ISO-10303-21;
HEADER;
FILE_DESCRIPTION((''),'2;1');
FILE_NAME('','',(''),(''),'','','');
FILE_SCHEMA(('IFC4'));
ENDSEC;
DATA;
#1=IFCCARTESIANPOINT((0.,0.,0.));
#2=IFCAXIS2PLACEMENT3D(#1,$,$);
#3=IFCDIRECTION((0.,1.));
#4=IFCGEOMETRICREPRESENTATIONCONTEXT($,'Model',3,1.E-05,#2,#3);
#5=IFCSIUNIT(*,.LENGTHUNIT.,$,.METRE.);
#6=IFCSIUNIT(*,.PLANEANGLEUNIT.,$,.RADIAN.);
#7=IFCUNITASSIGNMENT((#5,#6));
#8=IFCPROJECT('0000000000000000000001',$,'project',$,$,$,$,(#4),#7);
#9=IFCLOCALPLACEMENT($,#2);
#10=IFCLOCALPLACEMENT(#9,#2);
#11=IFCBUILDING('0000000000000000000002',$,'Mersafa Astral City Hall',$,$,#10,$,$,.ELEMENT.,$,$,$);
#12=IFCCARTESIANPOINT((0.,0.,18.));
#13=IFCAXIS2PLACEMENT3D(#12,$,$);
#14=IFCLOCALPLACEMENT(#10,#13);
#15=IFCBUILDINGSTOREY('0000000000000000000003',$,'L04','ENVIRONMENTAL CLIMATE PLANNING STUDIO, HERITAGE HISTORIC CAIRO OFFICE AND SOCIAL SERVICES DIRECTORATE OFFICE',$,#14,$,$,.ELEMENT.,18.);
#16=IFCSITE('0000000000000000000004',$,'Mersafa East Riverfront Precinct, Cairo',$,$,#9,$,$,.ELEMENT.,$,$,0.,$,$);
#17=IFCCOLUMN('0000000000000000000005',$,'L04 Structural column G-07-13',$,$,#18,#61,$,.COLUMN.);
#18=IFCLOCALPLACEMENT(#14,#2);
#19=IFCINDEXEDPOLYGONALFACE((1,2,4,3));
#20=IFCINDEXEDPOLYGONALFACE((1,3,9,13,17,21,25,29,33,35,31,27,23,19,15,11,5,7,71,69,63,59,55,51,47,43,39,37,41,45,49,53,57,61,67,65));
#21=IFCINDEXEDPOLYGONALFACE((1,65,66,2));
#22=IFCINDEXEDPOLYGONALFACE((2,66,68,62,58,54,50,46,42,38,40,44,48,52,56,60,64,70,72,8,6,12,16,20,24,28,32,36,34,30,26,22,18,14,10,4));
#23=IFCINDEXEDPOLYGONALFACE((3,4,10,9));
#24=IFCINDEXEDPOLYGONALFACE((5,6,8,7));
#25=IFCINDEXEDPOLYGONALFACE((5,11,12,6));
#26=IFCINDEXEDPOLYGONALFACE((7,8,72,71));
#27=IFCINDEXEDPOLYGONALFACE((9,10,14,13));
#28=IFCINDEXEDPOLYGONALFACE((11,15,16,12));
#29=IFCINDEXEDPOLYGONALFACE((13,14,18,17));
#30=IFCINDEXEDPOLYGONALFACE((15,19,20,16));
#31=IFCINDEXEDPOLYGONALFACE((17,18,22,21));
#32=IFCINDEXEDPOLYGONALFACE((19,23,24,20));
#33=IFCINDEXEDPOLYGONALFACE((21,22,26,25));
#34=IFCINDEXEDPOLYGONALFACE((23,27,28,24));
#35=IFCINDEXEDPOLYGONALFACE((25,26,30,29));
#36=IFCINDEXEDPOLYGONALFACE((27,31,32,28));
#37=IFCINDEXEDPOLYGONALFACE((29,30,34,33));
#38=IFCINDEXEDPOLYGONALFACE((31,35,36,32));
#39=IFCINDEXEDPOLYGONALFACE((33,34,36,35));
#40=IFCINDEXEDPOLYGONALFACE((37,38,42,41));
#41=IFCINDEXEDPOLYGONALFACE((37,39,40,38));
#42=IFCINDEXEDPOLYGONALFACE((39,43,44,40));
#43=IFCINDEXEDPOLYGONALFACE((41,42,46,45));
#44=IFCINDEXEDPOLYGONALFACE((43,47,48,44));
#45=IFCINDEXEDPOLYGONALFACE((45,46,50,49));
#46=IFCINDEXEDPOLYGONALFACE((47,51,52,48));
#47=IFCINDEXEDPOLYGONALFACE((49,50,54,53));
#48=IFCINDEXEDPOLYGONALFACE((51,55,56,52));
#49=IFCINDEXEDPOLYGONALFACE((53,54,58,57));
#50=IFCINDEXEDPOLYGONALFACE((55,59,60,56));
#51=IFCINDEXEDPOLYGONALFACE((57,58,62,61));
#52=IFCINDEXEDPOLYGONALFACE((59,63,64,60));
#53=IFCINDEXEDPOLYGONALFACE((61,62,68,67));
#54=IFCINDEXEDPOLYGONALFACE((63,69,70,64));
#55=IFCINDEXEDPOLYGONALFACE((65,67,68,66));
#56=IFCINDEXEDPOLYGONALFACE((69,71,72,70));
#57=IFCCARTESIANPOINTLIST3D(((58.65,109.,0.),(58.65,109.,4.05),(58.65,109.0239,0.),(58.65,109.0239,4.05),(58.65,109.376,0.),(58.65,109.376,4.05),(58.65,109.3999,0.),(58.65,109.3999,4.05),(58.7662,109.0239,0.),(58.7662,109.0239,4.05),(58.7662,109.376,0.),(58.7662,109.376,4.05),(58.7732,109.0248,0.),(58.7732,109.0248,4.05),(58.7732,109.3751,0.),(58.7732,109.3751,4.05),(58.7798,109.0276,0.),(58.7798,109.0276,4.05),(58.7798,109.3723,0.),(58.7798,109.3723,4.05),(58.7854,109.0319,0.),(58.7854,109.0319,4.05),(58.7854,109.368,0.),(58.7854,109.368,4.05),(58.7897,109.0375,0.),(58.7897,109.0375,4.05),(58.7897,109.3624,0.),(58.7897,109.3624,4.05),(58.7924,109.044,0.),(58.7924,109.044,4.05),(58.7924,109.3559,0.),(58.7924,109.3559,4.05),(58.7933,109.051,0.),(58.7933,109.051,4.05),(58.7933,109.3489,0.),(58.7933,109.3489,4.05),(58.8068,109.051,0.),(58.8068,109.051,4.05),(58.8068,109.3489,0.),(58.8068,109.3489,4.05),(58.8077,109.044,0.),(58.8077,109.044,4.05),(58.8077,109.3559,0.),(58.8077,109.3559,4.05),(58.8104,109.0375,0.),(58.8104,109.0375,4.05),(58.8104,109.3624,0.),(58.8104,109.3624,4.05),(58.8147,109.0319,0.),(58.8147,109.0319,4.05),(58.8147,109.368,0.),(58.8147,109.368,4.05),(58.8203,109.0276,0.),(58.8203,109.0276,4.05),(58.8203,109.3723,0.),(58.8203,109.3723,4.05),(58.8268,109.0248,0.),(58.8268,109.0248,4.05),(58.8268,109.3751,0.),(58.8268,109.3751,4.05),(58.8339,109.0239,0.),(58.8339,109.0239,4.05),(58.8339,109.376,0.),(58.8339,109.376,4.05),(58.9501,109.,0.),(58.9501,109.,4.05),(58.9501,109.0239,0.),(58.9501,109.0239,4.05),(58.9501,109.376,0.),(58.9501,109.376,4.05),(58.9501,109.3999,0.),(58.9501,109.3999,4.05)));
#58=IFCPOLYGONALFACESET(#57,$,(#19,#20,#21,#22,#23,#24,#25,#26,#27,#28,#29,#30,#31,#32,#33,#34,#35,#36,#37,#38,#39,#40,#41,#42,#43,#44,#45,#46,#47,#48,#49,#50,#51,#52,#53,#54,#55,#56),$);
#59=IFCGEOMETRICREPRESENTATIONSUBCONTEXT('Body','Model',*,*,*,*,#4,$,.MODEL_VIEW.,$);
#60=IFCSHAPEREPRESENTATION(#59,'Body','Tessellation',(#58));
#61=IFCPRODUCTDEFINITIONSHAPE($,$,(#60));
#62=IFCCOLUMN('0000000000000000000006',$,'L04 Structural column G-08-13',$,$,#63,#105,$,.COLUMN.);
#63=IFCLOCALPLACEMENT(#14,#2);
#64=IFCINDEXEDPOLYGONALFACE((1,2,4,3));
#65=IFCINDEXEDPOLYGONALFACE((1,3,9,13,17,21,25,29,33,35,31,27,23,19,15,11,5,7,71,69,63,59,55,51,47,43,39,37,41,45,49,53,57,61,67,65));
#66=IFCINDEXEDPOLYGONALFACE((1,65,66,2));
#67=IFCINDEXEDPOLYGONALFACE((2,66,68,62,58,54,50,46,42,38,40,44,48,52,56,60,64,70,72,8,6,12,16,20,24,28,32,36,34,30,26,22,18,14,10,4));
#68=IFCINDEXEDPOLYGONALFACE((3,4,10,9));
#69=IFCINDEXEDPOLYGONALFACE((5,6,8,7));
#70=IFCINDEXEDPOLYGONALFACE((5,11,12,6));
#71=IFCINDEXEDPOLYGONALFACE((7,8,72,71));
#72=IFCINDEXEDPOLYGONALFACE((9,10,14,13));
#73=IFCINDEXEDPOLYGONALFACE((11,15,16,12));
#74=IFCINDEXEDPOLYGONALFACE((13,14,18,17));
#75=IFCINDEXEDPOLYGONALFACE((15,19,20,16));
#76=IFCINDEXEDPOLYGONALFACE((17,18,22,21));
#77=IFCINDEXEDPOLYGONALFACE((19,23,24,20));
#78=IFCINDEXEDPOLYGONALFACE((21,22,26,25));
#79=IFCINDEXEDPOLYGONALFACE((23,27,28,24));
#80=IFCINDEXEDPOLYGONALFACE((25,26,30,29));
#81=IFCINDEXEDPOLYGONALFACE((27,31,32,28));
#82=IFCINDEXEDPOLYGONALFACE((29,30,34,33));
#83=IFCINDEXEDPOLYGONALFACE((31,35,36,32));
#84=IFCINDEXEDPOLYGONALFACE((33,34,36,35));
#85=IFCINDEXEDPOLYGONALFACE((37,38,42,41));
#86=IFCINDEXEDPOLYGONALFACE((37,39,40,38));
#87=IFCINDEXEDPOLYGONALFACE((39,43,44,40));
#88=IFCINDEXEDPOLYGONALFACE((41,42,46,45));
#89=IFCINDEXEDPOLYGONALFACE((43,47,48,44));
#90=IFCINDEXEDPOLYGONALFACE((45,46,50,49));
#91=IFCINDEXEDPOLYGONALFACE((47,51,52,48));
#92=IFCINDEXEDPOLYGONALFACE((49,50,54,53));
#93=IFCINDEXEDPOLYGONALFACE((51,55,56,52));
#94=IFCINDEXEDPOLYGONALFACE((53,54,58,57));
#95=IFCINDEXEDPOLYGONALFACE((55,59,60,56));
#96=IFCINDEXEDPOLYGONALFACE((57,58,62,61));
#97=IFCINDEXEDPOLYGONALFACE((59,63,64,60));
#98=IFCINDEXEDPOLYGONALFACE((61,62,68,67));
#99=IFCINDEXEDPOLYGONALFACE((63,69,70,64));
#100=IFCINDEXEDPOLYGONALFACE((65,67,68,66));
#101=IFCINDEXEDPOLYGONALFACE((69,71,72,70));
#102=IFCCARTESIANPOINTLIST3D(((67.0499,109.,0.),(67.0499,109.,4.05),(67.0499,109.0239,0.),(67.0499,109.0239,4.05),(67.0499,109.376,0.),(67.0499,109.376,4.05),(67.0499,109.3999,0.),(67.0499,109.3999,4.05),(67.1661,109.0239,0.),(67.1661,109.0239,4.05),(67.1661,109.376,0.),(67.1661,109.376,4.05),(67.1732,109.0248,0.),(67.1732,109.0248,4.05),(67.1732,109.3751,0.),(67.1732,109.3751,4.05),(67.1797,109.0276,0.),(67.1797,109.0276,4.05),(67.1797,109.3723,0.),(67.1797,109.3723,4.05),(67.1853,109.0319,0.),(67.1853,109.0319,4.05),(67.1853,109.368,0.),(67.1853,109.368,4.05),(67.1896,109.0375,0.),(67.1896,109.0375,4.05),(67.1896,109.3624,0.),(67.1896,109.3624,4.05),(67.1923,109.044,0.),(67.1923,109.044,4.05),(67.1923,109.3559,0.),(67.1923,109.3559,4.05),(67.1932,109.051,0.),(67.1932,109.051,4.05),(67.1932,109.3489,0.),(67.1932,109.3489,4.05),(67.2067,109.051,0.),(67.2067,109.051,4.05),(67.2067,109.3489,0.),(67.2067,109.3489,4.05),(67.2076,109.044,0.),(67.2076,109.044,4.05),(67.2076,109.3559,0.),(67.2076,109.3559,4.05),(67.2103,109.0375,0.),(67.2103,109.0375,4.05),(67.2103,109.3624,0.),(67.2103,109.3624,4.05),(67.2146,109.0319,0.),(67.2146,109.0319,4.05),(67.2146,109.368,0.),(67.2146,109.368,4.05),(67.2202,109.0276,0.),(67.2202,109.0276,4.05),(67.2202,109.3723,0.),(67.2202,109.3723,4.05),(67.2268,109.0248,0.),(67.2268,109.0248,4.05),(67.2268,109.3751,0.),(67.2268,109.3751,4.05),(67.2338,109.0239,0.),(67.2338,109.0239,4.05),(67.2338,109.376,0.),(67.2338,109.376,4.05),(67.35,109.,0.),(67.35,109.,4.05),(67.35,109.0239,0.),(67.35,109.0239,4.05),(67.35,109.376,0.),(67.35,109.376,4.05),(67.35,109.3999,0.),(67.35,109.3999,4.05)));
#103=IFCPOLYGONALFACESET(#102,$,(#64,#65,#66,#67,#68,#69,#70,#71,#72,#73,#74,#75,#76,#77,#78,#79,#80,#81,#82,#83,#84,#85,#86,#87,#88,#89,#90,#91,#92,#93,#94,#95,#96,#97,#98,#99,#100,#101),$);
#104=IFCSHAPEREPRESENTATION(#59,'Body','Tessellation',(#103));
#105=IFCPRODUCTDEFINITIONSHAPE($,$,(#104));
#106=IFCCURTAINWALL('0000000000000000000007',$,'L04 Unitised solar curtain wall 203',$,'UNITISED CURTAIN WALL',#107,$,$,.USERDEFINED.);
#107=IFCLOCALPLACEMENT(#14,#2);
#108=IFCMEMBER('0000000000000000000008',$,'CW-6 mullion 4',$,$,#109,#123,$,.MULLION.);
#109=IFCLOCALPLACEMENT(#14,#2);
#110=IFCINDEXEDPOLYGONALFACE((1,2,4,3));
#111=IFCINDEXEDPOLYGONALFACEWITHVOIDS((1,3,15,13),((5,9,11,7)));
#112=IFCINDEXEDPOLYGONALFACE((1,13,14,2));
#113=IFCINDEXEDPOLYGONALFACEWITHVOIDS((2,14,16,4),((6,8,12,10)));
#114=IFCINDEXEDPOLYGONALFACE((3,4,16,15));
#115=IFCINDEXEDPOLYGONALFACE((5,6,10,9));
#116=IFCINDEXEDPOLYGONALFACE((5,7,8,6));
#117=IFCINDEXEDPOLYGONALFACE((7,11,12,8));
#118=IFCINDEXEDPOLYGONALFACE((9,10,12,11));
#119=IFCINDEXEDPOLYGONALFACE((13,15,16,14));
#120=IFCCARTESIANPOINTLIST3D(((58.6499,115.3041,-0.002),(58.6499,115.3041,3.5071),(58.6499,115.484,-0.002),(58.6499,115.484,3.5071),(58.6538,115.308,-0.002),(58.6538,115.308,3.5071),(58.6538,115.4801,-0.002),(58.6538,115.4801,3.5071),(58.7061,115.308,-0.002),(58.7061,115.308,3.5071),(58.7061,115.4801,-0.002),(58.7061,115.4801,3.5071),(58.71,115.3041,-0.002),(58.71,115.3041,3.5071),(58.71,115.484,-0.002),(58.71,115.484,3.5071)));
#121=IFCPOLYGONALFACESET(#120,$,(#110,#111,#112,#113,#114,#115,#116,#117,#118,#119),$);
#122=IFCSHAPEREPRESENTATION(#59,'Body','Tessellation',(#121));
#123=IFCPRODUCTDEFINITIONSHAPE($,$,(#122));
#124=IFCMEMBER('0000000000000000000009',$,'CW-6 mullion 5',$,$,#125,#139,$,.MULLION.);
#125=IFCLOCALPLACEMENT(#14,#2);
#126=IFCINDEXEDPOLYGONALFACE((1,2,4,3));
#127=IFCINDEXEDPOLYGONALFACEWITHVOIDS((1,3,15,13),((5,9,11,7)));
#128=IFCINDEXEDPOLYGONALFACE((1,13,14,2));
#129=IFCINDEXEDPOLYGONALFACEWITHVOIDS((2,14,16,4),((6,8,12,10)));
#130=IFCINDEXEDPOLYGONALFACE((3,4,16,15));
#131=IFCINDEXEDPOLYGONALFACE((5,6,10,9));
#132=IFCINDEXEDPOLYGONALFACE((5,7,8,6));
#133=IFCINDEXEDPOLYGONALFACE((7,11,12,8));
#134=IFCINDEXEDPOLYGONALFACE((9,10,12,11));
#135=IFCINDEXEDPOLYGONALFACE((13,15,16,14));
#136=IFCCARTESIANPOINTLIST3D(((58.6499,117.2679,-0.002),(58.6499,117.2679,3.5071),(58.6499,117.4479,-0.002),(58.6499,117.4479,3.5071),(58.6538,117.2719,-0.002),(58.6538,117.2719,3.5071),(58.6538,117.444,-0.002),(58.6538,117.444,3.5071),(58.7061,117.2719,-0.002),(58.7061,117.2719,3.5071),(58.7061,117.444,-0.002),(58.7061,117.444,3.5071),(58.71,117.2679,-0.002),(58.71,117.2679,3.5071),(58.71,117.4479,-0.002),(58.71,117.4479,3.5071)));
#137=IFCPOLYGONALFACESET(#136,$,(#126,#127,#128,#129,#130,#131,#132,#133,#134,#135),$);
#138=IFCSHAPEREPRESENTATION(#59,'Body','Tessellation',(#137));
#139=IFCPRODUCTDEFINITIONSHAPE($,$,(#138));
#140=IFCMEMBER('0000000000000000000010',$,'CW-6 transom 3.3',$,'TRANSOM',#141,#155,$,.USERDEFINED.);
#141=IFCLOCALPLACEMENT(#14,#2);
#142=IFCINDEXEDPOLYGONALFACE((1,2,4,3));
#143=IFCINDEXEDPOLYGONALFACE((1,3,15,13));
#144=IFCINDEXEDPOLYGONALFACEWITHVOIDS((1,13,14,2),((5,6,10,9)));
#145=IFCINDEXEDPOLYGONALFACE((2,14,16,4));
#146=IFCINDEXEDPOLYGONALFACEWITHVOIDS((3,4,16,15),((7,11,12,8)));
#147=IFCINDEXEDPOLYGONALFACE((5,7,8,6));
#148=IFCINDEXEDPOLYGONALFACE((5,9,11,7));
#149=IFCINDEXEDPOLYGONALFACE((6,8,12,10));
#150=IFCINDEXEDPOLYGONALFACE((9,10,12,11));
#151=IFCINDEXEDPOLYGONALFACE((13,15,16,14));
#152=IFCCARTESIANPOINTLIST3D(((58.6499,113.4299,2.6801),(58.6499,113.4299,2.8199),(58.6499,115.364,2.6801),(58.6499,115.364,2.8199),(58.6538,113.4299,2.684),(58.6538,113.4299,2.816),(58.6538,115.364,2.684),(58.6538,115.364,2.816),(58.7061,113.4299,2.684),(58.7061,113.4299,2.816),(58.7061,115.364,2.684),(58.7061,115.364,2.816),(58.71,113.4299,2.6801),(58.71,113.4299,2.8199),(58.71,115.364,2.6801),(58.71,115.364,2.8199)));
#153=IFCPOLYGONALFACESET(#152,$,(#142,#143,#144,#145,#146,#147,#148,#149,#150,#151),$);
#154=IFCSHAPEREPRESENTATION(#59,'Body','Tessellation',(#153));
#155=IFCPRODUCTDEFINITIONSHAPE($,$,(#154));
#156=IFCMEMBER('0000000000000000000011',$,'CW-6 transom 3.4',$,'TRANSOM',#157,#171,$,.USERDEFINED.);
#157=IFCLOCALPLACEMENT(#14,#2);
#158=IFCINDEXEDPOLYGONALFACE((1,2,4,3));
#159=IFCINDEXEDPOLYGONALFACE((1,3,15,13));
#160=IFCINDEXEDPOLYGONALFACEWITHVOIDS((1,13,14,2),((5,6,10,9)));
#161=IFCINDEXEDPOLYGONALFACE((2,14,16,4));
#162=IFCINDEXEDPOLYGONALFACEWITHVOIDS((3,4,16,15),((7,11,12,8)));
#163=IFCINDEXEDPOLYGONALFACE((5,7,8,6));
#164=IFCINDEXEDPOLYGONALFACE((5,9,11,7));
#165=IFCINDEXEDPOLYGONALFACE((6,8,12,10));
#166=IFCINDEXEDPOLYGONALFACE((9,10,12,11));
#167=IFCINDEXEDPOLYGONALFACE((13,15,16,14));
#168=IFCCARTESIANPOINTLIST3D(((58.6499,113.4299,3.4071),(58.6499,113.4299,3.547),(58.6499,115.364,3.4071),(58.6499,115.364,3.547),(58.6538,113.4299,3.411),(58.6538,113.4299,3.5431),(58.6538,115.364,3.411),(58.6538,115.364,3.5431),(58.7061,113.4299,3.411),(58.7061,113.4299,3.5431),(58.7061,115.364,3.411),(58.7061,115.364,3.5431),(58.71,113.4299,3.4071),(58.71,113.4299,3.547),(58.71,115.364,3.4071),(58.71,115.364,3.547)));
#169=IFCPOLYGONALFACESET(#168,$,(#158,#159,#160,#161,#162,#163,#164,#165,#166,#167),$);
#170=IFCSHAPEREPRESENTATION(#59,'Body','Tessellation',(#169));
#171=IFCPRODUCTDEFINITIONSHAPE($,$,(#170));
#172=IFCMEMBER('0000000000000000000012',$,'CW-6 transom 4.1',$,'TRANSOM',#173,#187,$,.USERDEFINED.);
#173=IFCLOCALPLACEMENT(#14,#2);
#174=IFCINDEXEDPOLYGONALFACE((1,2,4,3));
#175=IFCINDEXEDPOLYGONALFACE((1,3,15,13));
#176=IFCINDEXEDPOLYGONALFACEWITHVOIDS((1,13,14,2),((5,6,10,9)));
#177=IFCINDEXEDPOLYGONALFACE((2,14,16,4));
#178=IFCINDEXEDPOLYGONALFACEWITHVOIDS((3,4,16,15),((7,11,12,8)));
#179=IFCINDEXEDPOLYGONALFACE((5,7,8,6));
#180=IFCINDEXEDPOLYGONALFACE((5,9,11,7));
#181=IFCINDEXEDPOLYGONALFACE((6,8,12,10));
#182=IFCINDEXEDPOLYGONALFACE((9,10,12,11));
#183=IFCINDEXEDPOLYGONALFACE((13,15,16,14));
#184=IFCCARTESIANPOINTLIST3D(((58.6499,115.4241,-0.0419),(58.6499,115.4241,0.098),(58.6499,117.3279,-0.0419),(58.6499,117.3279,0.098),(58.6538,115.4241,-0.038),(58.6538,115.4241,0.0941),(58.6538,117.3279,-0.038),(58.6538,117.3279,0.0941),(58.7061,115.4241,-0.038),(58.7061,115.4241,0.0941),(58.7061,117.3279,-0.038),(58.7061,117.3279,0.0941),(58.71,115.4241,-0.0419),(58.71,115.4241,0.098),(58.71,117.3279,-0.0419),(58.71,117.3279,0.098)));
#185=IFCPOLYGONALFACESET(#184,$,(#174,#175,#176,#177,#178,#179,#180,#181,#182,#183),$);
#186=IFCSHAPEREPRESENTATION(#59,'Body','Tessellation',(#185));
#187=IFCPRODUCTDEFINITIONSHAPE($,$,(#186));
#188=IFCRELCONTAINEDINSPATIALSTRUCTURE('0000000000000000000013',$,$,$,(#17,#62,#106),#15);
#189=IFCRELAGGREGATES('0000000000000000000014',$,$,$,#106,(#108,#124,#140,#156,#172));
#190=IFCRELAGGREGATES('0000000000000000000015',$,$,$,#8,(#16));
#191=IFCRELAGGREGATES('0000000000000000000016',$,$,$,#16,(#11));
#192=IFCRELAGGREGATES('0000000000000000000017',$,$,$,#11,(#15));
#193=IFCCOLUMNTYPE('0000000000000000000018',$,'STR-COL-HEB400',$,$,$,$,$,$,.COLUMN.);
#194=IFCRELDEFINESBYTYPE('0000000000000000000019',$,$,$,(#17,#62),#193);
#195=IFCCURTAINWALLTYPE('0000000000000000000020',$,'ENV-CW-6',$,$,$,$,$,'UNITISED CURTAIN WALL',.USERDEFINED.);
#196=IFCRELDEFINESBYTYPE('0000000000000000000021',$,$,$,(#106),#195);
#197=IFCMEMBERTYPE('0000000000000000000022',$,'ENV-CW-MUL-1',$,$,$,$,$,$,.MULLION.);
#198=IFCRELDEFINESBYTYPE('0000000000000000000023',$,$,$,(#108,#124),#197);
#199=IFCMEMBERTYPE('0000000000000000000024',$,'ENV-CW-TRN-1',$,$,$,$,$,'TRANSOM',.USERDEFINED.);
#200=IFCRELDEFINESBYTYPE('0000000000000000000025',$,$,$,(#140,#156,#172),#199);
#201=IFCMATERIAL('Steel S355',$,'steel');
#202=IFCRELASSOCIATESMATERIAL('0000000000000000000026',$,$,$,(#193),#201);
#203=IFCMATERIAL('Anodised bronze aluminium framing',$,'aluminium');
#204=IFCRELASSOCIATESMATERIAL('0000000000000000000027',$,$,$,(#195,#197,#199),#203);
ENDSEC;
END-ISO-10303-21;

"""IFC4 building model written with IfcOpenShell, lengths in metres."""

from ifc_helpers import new_model, si_unit, direction, frame, origin, origin_2d, place, context, subcontext, project, spatial, hollow_rectangle, i_section, extrude, material, material_profile, profile_set, type_object, element, aggregate, save


model = new_model("IFC4")

# Units and contexts
model_context = context("Model", 3, precision=1e-05, world=origin(), true_north=direction((0.0, 1.0)))
body_context = subcontext(model_context, "Body", "Model", "MODEL_VIEW")
ifc_project = project(units=[si_unit("LENGTHUNIT", "METRE"), si_unit("PLANEANGLEUNIT", "RADIAN")], contexts=[model_context])

# Site, building, storey
site_placement = place(None, origin())
site = spatial("IfcSite", under=ifc_project, at=site_placement, Name="Mersafa East Riverfront Precinct, Cairo", CompositionType="ELEMENT", RefElevation=0.0)
building_placement = place(site_placement, origin())
building = spatial("IfcBuilding", under=site, at=building_placement, Name="Mersafa Astral City Hall", CompositionType="ELEMENT")
storey_placement = place(building_placement, frame((0.0, 0.0, 18.0)))
storey = spatial("IfcBuildingStorey", under=building, at=storey_placement, Name="L04", Description="ENVIRONMENTAL CLIMATE PLANNING STUDIO, HERITAGE HISTORIC CAIRO OFFICE AND SOCIAL SERVICES DIRECTORATE OFFICE", CompositionType="ELEMENT", Elevation=18.0)

# Columns
ifc_material_1 = material(Name="Steel S355", Category="steel")
ifc_material_profile_1 = material_profile(ifc_material_1, i_section(OverallWidth=0.3, OverallDepth=0.3999, WebThickness=0.0134, FlangeThickness=0.0239, FilletRadius=0.0271, at=origin_2d()), Name="HEB 400")
ifc_profile_set_1 = profile_set([ifc_material_profile_1], Name="Steel S355")
column_type = type_object("IfcColumnType", Name="STR-COL-HEB400", PredefinedType="COLUMN", material=ifc_profile_set_1)
for number, where, z_axis, x_axis, name in (
    (1, (58.8, 109.2, 0.0), (0.0, 0.0, 1.0), (1.0, 0.0, 0.0), "L04 Structural column G-07-13"),
    (2, (67.2, 109.2, 0.0), (0.0, 0.0, 1.0), (1.0, 0.0, 0.0), "L04 Structural column G-08-13"),
):
    element("IfcColumn", number, at=place(storey_placement, frame(where, z_axis=z_axis, x_axis=x_axis)), inside=storey, type_object=column_type, Name=name, PredefinedType="COLUMN", context=body_context, shape_type="SweptSolid", body=[
        extrude(i_section(OverallWidth=0.3, OverallDepth=0.3999, WebThickness=0.0134, FlangeThickness=0.0239, FilletRadius=0.0271, at=origin_2d()), origin(), (0.0, 0.0, 1.0), 4.05),
    ])

# Curtain wall, members
ifc_material_2 = material(Name="Anodised bronze aluminium framing", Category="aluminium")
curtain_wall_type = type_object("IfcCurtainWallType", Name="ENV-CW-6", ElementType="UNITISED CURTAIN WALL", PredefinedType="USERDEFINED", material=ifc_material_2)
curtain_wall_placement = place(storey_placement, origin())
curtain_wall = element("IfcCurtainWall", 3, at=curtain_wall_placement, inside=storey, type_object=curtain_wall_type, Name="L04 Unitised solar curtain wall 203", ObjectType="UNITISED CURTAIN WALL", PredefinedType="USERDEFINED")
ifc_material_profile_2 = material_profile(ifc_material_2, hollow_rectangle(XDim=0.0601, YDim=0.1799, WallThickness=0.0039, at=origin_2d()), Name="RHS 60x180x4")
ifc_profile_set_2 = profile_set([ifc_material_profile_2], Name="Anodised bronze aluminium framing")
member_type_1 = type_object("IfcMemberType", Name="ENV-CW-MUL-1", PredefinedType="MULLION", material=ifc_profile_set_2)
member_1_placement = place(storey_placement, frame((58.6799, 115.394, -0.002), z_axis=(0.0, 0.0, 1.0), x_axis=(-1.0, 0.0, 0.0)))
member_1 = element("IfcMember", 4, at=member_1_placement, type_object=member_type_1, Name="CW-6 mullion 4", PredefinedType="MULLION", context=body_context, shape_type="SweptSolid", body=[
    extrude(hollow_rectangle(XDim=0.0601, YDim=0.1799, WallThickness=0.0039, at=origin_2d()), origin(), (0.0, 0.0, 1.0), 3.509),
])
member_2_placement = place(storey_placement, frame((58.6799, 117.3579, -0.002), z_axis=(0.0, 0.0, 1.0), x_axis=(-1.0, 0.0, 0.0)))
member_2 = element("IfcMember", 5, at=member_2_placement, type_object=member_type_1, Name="CW-6 mullion 5", PredefinedType="MULLION", context=body_context, shape_type="SweptSolid", body=[
    extrude(hollow_rectangle(XDim=0.0601, YDim=0.1799, WallThickness=0.0039, at=origin_2d()), origin(), (0.0, 0.0, 1.0), 3.509),
])
ifc_material_profile_3 = material_profile(ifc_material_2, hollow_rectangle(XDim=0.0601, YDim=0.1399, WallThickness=0.0039, at=origin_2d()), Name="RHS 60x140x4")
ifc_profile_set_3 = profile_set([ifc_material_profile_3], Name="Anodised bronze aluminium framing")
member_type_2 = type_object("IfcMemberType", Name="ENV-CW-TRN-1", ElementType="TRANSOM", PredefinedType="USERDEFINED", material=ifc_profile_set_3)
member_3_placement = place(storey_placement, frame((58.6799, 113.4299, 2.75), z_axis=(0.0, 1.0, 0.0), x_axis=(-1.0, 0.0, 0.0)))
member_3 = element("IfcMember", 6, at=member_3_placement, type_object=member_type_2, Name="CW-6 transom 3.3", ObjectType="TRANSOM", PredefinedType="USERDEFINED", context=body_context, shape_type="SweptSolid", body=[
    extrude(hollow_rectangle(XDim=0.0601, YDim=0.1399, WallThickness=0.0039, at=origin_2d()), origin(), (0.0, 0.0, 1.0), 1.9341),
])
member_4_placement = place(storey_placement, frame((58.6799, 113.4299, 3.4771), z_axis=(0.0, 1.0, 0.0), x_axis=(-1.0, 0.0, 0.0)))
member_4 = element("IfcMember", 7, at=member_4_placement, type_object=member_type_2, Name="CW-6 transom 3.4", ObjectType="TRANSOM", PredefinedType="USERDEFINED", context=body_context, shape_type="SweptSolid", body=[
    extrude(hollow_rectangle(XDim=0.0601, YDim=0.1399, WallThickness=0.0039, at=origin_2d()), origin(), (0.0, 0.0, 1.0), 1.9341),
])
member_5_placement = place(storey_placement, frame((58.6799, 115.4241, 0.0281), z_axis=(0.0, 1.0, 0.0), x_axis=(-1.0, 0.0, 0.0)))
member_5 = element("IfcMember", 8, at=member_5_placement, type_object=member_type_2, Name="CW-6 transom 4.1", ObjectType="TRANSOM", PredefinedType="USERDEFINED", context=body_context, shape_type="SweptSolid", body=[
    extrude(hollow_rectangle(XDim=0.0601, YDim=0.1399, WallThickness=0.0039, at=origin_2d()), origin(), (0.0, 0.0, 1.0), 1.9038),
])

aggregate(curtain_wall, [member_1, member_2, member_3, member_4, member_5])

save(model, "model.ifc")
